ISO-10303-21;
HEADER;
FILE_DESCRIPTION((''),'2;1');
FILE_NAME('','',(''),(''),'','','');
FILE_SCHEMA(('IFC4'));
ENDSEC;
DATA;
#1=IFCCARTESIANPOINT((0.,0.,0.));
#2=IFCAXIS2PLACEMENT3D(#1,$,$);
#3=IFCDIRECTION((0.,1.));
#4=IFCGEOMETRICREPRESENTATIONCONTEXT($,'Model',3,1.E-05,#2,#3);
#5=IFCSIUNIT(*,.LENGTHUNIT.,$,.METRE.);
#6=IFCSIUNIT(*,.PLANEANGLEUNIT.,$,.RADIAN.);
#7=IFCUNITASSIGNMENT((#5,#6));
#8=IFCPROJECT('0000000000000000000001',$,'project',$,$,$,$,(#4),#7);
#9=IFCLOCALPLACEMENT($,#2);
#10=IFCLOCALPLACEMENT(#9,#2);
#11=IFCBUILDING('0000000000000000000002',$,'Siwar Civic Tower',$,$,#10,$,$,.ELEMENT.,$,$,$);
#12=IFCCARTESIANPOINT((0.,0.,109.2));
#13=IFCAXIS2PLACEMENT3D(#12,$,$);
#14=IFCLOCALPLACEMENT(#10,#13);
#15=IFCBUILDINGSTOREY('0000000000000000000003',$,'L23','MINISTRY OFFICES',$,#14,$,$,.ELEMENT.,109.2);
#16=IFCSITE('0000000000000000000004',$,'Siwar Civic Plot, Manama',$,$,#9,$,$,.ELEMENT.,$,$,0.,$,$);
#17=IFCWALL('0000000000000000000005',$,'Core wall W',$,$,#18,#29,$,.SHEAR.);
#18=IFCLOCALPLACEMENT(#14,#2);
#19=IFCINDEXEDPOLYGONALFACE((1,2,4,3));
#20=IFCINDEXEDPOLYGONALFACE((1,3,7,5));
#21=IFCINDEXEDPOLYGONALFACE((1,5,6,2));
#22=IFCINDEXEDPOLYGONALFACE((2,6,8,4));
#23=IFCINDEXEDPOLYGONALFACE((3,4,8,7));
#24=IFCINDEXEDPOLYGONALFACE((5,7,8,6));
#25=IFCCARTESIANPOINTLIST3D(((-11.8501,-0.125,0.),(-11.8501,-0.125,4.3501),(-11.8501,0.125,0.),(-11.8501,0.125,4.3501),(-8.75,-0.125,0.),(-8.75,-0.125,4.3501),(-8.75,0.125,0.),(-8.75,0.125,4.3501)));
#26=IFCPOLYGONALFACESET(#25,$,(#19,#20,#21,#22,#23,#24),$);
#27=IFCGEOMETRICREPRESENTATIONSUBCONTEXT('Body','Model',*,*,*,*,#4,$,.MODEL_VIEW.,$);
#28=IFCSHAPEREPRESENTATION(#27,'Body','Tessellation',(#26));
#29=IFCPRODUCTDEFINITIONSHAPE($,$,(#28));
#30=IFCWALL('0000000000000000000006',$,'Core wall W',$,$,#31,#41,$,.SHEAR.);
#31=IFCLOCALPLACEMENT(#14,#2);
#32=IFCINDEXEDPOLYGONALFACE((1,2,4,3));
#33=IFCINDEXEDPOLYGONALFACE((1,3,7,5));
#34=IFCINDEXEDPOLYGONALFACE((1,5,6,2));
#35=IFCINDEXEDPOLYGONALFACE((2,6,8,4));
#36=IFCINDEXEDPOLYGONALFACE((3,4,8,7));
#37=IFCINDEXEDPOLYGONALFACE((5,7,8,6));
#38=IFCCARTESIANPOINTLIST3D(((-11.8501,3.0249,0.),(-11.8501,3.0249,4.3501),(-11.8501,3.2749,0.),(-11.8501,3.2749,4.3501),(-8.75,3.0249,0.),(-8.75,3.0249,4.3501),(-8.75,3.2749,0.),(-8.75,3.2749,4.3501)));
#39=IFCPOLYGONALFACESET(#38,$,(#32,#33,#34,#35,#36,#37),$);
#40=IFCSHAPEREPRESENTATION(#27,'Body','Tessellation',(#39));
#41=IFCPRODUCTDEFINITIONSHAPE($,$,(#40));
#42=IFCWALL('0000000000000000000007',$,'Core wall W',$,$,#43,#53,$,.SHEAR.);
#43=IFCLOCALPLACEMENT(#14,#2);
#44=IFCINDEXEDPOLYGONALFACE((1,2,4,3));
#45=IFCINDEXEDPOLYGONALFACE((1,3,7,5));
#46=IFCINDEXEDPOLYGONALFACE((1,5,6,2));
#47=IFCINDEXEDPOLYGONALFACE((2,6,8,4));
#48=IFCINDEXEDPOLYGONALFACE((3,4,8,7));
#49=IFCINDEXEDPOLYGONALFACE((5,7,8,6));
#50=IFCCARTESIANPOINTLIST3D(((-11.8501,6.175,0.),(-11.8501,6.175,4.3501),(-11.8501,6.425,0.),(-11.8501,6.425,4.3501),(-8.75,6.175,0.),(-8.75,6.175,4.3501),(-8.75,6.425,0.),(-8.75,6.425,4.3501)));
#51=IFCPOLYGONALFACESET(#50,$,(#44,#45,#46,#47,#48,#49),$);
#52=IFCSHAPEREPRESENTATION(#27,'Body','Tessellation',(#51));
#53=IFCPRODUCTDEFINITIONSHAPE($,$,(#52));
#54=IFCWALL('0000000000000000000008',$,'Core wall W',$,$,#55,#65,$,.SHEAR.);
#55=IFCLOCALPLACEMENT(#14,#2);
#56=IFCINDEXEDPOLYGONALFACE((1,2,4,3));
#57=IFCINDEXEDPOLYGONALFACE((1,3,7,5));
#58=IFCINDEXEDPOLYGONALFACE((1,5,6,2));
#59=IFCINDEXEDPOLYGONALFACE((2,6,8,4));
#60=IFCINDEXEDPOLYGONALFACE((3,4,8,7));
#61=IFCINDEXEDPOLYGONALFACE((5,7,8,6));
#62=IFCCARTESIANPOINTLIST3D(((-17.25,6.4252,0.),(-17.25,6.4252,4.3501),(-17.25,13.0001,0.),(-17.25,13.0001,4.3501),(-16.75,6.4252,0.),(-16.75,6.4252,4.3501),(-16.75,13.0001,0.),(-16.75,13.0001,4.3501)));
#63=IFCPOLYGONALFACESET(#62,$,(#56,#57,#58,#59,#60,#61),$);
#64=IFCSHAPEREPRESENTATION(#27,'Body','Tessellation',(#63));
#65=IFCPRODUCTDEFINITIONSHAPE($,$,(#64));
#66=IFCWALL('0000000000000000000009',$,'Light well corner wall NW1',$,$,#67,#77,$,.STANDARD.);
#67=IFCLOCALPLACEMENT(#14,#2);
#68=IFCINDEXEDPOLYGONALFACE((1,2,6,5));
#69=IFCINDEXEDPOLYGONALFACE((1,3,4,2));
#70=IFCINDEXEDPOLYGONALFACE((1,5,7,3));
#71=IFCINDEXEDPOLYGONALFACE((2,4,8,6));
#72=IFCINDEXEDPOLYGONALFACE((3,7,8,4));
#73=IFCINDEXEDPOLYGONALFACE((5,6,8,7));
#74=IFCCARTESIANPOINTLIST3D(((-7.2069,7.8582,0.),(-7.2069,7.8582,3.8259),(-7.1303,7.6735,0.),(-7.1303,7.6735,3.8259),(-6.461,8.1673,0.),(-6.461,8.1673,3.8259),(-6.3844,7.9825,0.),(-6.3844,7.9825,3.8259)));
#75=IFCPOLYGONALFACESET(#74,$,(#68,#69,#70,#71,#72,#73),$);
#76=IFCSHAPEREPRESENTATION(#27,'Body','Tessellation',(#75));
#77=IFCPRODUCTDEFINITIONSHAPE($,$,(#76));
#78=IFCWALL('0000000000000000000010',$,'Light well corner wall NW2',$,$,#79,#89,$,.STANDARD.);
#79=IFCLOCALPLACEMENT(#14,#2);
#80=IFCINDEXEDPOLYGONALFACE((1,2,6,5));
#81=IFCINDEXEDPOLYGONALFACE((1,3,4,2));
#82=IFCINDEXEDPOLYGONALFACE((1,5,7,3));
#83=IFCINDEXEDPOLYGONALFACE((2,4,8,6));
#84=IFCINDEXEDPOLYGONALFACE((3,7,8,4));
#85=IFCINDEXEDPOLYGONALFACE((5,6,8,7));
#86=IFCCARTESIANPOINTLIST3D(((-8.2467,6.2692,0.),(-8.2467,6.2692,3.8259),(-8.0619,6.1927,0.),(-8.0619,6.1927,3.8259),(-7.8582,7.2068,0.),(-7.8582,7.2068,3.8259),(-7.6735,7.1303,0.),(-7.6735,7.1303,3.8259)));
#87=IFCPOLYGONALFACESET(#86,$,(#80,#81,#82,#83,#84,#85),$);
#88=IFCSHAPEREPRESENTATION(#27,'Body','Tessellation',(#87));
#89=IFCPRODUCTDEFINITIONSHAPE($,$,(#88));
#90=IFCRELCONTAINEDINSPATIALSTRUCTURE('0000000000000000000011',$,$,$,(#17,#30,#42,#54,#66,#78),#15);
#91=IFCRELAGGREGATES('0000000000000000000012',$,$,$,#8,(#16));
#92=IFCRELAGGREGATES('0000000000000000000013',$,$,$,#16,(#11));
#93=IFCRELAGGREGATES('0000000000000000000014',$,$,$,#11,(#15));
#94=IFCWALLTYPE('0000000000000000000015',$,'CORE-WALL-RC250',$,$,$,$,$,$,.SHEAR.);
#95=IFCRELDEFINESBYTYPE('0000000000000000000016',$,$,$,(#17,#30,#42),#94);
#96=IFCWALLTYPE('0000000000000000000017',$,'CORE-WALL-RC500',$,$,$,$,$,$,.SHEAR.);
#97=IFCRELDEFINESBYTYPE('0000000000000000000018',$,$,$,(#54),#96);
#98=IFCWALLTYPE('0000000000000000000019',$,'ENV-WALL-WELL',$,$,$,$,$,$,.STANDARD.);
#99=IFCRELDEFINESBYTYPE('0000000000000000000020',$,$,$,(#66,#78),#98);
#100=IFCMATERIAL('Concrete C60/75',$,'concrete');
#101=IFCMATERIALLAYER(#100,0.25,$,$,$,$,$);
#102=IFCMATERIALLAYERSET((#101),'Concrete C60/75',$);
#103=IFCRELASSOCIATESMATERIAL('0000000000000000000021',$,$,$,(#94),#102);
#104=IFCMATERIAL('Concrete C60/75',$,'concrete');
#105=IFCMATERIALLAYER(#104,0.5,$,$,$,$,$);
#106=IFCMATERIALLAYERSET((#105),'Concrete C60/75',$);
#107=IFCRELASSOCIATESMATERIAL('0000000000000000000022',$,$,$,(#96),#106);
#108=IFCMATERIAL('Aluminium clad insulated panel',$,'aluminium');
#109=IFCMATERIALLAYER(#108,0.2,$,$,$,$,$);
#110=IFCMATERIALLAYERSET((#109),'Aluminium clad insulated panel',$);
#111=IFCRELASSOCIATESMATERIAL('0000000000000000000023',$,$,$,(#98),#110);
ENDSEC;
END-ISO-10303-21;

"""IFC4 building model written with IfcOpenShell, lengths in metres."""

from ifc_helpers import new_model, si_unit, direction, frame, frame_2d, origin, place, context, subcontext, project, spatial, rectangle, extrude, material, layer, layer_set, type_object, element, save


model = new_model("IFC4")

# Units and contexts
model_context = context("Model", 3, precision=1e-05, world=origin(), true_north=direction((0.0, 1.0)))
body_context = subcontext(model_context, "Body", "Model", "MODEL_VIEW")
ifc_project = project(units=[si_unit("LENGTHUNIT", "METRE"), si_unit("PLANEANGLEUNIT", "RADIAN")], contexts=[model_context])

# Site, building, storey
site_placement = place(None, origin())
site = spatial("IfcSite", under=ifc_project, at=site_placement, Name="Siwar Civic Plot, Manama", CompositionType="ELEMENT", RefElevation=0.0)
building_placement = place(site_placement, origin())
building = spatial("IfcBuilding", under=site, at=building_placement, Name="Siwar Civic Tower", CompositionType="ELEMENT")
storey_placement = place(building_placement, frame((0.0, 0.0, 109.2)))
storey = spatial("IfcBuildingStorey", under=building, at=storey_placement, Name="L23", Description="MINISTRY OFFICES", CompositionType="ELEMENT", Elevation=109.2)

# Shared definitions
ifc_material_1 = material(Name="Concrete C60/75", Category="concrete")
ifc_layer_1 = layer(ifc_material_1, 0.25)
ifc_layer_set_1 = layer_set([ifc_layer_1], Name="Concrete C60/75")
wall_type_1 = type_object("IfcWallType", Name="CORE-WALL-RC250", PredefinedType="SHEAR", material=ifc_layer_set_1)

# Walls
for number, where, z_axis, x_axis, name in (
    (1, (-8.75, 0.0, 0.0), (0.0, 0.0, 1.0), (-1.0, 0.0, 0.0), "Core wall W"),
    (2, (-8.75, 3.1499, 0.0), (0.0, 0.0, 1.0), (-1.0, 0.0, 0.0), "Core wall W"),
    (3, (-8.75, 6.3, 0.0), (0.0, 0.0, 1.0), (-1.0, 0.0, 0.0), "Core wall W"),
):
    element("IfcWall", number, at=place(storey_placement, frame(where, z_axis=z_axis, x_axis=x_axis)), inside=storey, type_object=wall_type_1, Name=name, PredefinedType="SHEAR", context=body_context, shape_type="SweptSolid", body=[
        extrude(rectangle(XDim=3.1001, YDim=0.25, at=frame_2d((1.55, 0.0))), origin(), (0.0, 0.0, 1.0), 4.3501),
    ])
ifc_material_2 = material(Name="Concrete C60/75", Category="concrete")
ifc_layer_2 = layer(ifc_material_2, 0.5)
ifc_layer_set_2 = layer_set([ifc_layer_2], Name="Concrete C60/75")
wall_type_2 = type_object("IfcWallType", Name="CORE-WALL-RC500", PredefinedType="SHEAR", material=ifc_layer_set_2)
wall_1_placement = place(storey_placement, frame((-17.0, 6.425, 0.0), z_axis=(0.0, 0.0, 1.0), x_axis=(0.0, 1.0, 0.0)))
element("IfcWall", 4, at=wall_1_placement, inside=storey, type_object=wall_type_2, Name="Core wall W", PredefinedType="SHEAR", context=body_context, shape_type="SweptSolid", body=[
    extrude(rectangle(XDim=6.575, YDim=0.5, at=frame_2d((3.2876, 0.0))), origin(), (0.0, 0.0, 1.0), 4.3501),
])
ifc_material_3 = material(Name="Aluminium clad insulated panel", Category="aluminium")
ifc_layer_3 = layer(ifc_material_3, 0.2)
ifc_layer_set_3 = layer_set([ifc_layer_3], Name="Aluminium clad insulated panel")
wall_type_3 = type_object("IfcWallType", Name="ENV-WALL-WELL", PredefinedType="STANDARD", material=ifc_layer_set_3)
wall_2_placement = place(storey_placement, frame((-6.4226, 8.075, 0.0), z_axis=(0.0, 0.0, 1.0), x_axis=(-0.923818, -0.382833, 0.0)))
element("IfcWall", 5, at=wall_2_placement, inside=storey, type_object=wall_type_3, Name="Light well corner wall NW1", PredefinedType="STANDARD", context=body_context, shape_type="SweptSolid", body=[
    extrude(rectangle(XDim=0.8074, YDim=0.2, at=frame_2d((0.4038, 0.0))), origin(), (0.0, 0.0, 1.0), 3.8259),
])
wall_3_placement = place(storey_placement, frame((-7.7659, 7.1685, 0.0), z_axis=(0.0, 0.0, 1.0), x_axis=(-0.38277, -0.923844, 0.0)))
element("IfcWall", 6, at=wall_3_placement, inside=storey, type_object=wall_type_3, Name="Light well corner wall NW2", PredefinedType="STANDARD", context=body_context, shape_type="SweptSolid", body=[
    extrude(rectangle(XDim=1.0149, YDim=0.2, at=frame_2d((0.5073, 0.0))), origin(), (0.0, 0.0, 1.0), 3.8259),
])

save(model, "model.ifc")
